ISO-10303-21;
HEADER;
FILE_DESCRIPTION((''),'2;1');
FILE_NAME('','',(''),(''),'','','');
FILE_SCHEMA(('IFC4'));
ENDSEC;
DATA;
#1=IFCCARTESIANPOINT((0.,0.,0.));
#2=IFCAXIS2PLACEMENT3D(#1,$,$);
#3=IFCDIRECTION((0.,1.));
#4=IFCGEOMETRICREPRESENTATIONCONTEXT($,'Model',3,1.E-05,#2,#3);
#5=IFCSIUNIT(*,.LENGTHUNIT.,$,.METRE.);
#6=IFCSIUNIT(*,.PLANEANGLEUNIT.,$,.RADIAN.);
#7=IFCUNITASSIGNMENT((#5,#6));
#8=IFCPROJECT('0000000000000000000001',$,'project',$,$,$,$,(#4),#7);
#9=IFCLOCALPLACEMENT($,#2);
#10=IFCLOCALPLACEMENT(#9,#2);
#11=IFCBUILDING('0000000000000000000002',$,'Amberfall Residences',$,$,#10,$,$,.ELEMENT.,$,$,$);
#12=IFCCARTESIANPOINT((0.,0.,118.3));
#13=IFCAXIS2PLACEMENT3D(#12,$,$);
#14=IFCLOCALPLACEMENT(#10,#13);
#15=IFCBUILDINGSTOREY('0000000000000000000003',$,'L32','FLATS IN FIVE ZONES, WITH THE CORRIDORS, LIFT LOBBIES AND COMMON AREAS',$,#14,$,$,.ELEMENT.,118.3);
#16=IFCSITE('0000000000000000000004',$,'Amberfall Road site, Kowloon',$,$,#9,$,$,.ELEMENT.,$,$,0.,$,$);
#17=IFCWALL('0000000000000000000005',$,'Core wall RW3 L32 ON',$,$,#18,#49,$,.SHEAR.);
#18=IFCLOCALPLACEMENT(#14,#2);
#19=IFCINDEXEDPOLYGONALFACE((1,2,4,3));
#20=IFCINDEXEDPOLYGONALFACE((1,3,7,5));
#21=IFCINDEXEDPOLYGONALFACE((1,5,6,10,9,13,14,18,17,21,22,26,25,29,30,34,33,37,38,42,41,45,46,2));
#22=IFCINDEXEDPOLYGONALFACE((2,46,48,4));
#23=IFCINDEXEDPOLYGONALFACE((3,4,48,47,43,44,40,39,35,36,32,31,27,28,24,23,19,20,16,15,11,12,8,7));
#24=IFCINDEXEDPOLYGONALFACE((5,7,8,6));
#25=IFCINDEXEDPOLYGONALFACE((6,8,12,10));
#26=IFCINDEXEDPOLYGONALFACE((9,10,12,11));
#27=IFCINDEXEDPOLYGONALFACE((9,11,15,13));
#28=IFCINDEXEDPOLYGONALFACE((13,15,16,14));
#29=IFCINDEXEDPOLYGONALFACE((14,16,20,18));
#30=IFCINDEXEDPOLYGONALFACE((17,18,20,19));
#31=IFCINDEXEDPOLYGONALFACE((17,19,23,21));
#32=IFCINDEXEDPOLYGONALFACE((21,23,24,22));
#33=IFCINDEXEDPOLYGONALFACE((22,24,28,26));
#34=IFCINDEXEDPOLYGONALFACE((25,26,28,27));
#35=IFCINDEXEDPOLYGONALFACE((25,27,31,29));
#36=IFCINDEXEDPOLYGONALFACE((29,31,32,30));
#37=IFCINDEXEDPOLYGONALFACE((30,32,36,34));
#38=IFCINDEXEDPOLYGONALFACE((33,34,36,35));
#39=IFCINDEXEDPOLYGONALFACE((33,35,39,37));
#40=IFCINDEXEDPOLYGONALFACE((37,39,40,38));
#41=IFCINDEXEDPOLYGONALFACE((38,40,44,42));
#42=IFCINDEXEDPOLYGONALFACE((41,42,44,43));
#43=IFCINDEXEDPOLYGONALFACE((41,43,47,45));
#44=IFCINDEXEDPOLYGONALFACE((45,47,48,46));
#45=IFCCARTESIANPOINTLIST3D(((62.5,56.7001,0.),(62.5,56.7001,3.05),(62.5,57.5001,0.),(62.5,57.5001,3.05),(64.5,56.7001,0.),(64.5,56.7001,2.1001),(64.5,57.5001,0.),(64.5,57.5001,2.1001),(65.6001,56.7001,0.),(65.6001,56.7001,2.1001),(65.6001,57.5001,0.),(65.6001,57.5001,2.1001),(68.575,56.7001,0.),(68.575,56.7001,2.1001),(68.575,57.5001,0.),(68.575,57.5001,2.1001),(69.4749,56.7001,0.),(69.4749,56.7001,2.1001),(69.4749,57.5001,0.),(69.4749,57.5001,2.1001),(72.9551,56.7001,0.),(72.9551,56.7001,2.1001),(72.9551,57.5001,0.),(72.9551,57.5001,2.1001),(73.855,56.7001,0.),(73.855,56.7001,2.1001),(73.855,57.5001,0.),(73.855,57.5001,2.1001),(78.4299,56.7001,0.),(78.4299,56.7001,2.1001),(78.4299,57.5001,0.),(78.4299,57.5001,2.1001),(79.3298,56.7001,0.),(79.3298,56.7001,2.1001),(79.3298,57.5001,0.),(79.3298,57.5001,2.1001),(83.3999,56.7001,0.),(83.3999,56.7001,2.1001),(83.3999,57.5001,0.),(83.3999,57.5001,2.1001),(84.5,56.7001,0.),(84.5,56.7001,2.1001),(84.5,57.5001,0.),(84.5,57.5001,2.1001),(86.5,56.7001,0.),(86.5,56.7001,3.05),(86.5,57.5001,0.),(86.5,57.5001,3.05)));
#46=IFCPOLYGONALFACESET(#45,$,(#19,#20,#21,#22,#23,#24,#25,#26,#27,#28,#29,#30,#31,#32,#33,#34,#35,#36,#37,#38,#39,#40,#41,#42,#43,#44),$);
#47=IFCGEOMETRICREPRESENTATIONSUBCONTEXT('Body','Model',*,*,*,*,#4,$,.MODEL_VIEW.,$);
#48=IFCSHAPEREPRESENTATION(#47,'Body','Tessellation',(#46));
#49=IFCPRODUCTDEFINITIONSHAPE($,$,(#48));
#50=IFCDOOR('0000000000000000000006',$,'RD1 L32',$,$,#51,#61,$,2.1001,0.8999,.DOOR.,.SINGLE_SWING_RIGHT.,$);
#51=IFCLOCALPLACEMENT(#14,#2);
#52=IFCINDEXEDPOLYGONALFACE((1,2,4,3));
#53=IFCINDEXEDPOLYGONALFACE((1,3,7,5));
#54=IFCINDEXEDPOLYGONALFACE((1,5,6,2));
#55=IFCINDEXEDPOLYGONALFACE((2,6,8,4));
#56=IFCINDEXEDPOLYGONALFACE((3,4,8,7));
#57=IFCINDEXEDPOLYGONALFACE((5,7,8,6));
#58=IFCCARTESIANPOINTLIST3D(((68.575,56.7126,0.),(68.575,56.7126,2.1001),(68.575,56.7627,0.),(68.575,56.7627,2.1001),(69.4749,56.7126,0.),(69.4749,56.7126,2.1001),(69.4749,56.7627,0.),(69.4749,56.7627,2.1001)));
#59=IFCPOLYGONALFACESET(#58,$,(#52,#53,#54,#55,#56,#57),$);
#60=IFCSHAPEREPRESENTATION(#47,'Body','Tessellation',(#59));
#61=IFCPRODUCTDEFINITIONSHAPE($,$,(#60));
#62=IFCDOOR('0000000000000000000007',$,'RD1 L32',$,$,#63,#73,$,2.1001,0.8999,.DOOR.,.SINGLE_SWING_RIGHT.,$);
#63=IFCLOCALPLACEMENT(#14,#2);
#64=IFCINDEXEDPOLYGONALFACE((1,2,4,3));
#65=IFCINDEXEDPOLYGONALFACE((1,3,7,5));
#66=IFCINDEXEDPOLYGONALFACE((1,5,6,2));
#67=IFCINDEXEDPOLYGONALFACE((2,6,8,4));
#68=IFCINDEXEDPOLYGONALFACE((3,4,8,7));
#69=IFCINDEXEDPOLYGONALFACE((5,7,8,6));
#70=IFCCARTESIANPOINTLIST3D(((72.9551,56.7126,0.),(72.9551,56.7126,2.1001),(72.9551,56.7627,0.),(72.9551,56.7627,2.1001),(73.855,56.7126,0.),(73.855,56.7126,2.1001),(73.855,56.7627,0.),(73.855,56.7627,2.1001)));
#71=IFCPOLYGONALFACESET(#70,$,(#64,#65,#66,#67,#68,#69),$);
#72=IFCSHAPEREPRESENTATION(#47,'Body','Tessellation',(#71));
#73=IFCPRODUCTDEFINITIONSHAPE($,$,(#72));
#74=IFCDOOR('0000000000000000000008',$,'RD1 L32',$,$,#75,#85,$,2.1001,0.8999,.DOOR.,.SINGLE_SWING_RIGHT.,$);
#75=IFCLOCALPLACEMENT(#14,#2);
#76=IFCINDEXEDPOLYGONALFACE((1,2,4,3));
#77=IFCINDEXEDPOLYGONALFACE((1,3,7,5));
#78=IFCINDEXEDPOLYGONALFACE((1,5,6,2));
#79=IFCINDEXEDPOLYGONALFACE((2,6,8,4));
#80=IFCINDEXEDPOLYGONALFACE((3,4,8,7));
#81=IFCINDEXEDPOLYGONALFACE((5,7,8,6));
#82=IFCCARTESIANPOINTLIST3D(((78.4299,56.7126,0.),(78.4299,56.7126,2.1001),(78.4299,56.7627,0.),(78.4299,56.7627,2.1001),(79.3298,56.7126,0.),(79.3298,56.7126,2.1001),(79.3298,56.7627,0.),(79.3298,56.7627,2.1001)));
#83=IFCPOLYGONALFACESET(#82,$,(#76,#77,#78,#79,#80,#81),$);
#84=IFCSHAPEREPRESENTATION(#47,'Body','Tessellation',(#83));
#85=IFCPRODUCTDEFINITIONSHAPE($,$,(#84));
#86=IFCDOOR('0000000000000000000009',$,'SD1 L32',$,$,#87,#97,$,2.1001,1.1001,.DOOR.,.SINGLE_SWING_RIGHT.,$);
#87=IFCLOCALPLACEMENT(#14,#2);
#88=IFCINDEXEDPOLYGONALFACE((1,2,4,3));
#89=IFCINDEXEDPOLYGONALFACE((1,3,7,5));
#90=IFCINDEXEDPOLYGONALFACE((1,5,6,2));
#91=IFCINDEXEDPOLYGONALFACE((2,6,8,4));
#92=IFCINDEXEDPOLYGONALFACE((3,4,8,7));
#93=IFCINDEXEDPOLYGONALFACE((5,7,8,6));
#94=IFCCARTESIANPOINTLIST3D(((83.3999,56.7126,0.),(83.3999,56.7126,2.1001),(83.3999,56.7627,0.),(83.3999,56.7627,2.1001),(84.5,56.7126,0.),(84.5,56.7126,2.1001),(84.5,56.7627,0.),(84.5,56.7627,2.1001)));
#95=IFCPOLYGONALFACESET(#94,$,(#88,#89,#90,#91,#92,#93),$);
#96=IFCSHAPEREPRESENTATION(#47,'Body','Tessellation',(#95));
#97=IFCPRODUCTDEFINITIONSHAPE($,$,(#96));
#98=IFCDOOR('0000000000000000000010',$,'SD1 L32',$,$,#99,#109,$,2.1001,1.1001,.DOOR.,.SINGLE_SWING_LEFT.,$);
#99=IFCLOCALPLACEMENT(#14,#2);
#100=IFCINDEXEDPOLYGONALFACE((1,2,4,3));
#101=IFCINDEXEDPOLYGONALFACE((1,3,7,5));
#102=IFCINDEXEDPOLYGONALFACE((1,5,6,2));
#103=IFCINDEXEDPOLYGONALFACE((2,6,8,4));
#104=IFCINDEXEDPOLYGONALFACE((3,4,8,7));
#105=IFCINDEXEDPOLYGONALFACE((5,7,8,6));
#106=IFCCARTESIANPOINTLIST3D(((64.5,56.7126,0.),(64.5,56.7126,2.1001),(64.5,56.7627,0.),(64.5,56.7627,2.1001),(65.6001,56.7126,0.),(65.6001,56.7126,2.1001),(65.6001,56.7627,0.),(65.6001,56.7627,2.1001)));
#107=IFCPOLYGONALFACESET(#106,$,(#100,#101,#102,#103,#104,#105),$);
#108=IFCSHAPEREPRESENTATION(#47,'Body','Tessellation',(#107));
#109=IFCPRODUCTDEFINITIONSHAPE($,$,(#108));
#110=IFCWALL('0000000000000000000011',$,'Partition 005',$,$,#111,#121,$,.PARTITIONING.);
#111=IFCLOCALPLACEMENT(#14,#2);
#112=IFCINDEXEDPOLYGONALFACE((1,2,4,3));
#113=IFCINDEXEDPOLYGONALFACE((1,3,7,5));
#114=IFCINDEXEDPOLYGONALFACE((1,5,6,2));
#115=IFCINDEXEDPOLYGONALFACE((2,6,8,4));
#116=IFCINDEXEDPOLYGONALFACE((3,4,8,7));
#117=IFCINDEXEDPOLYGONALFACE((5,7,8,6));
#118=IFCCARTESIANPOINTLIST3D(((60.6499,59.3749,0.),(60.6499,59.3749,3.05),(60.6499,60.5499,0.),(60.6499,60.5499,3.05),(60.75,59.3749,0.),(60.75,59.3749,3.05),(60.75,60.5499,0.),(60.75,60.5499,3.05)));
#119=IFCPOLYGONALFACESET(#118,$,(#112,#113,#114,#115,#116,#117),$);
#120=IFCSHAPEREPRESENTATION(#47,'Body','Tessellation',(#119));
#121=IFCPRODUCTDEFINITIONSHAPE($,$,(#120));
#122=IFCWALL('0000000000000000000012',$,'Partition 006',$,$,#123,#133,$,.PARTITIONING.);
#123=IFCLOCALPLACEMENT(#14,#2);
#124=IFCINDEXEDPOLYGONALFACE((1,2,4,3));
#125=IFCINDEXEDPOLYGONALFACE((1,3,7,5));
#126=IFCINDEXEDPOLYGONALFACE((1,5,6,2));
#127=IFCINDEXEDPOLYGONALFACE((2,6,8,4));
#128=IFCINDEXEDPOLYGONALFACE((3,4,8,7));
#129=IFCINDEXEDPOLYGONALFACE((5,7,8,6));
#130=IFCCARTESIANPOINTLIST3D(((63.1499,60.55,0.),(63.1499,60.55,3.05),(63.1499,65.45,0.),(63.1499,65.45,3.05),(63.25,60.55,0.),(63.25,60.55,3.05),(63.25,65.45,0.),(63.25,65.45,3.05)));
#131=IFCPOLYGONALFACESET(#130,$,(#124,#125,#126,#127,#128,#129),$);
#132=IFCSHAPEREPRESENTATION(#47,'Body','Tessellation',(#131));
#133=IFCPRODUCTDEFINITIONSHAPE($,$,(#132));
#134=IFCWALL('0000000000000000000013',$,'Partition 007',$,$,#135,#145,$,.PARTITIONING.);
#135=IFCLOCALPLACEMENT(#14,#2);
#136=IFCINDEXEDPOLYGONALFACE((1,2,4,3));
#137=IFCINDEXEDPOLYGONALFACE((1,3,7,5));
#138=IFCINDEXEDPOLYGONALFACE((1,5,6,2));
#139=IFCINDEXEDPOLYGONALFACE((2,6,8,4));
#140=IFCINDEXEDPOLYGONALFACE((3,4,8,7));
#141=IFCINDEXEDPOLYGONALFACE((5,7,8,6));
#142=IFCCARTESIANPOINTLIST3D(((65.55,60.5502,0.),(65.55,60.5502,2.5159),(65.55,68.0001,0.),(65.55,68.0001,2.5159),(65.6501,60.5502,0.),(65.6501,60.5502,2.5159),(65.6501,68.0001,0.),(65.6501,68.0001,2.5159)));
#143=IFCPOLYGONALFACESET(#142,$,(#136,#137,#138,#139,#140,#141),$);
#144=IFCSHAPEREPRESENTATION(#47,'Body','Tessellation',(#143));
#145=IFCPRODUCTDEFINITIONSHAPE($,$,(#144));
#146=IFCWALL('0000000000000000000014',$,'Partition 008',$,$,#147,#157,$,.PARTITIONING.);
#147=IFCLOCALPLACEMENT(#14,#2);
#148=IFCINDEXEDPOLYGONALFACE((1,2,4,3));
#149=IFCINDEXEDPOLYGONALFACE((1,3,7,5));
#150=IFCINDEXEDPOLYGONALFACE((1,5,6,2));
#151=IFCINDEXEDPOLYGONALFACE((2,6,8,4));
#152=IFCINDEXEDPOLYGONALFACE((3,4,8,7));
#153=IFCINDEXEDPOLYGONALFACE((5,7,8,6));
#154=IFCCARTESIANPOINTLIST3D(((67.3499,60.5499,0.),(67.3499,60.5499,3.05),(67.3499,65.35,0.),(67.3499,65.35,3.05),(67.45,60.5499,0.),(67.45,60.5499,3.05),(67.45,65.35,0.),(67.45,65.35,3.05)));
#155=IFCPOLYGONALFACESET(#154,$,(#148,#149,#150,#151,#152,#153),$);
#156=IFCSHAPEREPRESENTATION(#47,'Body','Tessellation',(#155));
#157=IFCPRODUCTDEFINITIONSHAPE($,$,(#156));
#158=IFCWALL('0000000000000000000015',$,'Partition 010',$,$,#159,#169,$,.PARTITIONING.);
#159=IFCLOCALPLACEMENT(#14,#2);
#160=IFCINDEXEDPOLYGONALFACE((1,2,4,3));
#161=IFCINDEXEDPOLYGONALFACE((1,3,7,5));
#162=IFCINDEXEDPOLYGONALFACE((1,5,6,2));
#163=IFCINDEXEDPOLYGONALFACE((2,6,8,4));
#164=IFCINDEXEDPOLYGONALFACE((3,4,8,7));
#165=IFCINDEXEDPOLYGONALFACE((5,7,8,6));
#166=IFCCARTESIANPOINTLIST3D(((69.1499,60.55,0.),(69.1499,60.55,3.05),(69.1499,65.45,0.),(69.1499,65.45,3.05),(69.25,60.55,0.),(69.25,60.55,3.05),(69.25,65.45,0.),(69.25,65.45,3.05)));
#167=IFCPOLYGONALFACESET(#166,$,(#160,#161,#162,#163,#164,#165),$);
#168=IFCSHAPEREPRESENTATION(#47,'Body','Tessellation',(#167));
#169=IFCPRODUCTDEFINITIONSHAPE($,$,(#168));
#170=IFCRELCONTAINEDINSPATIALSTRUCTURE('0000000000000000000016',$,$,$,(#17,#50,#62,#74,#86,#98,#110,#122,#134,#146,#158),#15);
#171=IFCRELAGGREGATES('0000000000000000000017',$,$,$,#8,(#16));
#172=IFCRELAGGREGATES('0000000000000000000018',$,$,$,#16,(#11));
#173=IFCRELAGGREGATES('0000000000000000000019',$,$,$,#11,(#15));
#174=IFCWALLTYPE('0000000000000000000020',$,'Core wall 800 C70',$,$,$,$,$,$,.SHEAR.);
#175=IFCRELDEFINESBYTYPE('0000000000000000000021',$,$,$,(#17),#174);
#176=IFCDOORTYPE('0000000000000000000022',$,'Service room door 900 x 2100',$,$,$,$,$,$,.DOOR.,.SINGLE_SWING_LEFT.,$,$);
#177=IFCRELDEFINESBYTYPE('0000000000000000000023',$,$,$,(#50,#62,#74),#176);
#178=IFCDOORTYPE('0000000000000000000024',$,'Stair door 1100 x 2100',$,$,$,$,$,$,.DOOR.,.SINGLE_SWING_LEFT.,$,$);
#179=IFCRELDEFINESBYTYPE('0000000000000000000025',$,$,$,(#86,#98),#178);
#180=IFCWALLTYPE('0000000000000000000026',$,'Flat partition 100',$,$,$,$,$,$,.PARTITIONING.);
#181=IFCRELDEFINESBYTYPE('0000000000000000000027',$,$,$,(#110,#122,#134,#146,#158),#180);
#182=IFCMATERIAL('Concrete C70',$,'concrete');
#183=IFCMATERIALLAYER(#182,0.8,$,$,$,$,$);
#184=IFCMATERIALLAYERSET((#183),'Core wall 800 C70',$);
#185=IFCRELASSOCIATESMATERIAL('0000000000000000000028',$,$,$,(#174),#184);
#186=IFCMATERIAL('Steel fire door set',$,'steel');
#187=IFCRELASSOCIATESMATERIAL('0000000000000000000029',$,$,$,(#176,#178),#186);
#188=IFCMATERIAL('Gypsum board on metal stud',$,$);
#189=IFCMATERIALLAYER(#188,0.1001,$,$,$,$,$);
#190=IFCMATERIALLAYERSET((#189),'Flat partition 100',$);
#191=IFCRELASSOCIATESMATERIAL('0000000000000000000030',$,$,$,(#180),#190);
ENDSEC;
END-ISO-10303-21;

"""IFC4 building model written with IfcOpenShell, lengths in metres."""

from ifc_helpers import new_model, si_unit, direction, frame, frame_2d, origin, place, context, subcontext, project, spatial, rectangle, extrude, material, layer, layer_set, type_object, element, fill, save


model = new_model("IFC4")

# Units and contexts
model_context = context("Model", 3, precision=1e-05, world=origin(), true_north=direction((0.0, 1.0)))
body_context = subcontext(model_context, "Body", "Model", "MODEL_VIEW")
ifc_project = project(units=[si_unit("LENGTHUNIT", "METRE"), si_unit("PLANEANGLEUNIT", "RADIAN")], contexts=[model_context])

# Site, building, storey
site_placement = place(None, origin())
site = spatial("IfcSite", under=ifc_project, at=site_placement, Name="Amberfall Road site, Kowloon", CompositionType="ELEMENT", RefElevation=0.0)
building_placement = place(site_placement, origin())
building = spatial("IfcBuilding", under=site, at=building_placement, Name="Amberfall Residences", CompositionType="ELEMENT")
storey_placement = place(building_placement, frame((0.0, 0.0, 118.3)))
storey = spatial("IfcBuildingStorey", under=building, at=storey_placement, Name="L32", Description="FLATS IN FIVE ZONES, WITH THE CORRIDORS, LIFT LOBBIES AND COMMON AREAS", CompositionType="ELEMENT", Elevation=118.3)

# Wall, openings, doors
ifc_material_1 = material(Name="Concrete C70", Category="concrete")
ifc_layer_1 = layer(ifc_material_1, 0.8)
ifc_layer_set_1 = layer_set([ifc_layer_1], Name="Core wall 800 C70")
wall_type_1 = type_object("IfcWallType", Name="Core wall 800 C70", PredefinedType="SHEAR", material=ifc_layer_set_1)
wall_1_placement = place(storey_placement, frame((62.5, 57.1001, 0.0), z_axis=(0.0, 0.0, 1.0), x_axis=(1.0, 0.0, 0.0)))
wall_1 = element("IfcWall", 1, at=wall_1_placement, inside=storey, type_object=wall_type_1, Name="Core wall RW3 L32 ON", PredefinedType="SHEAR", context=body_context, shape_type="SweptSolid", body=[
    extrude(rectangle(XDim=24.0, YDim=0.8, at=frame_2d((12.0, 0.0))), origin(), (0.0, 0.0, 1.0), 3.05),
])
opening_1_placement = place(wall_1_placement, frame((20.8999, 0.0, 0.0)))
opening_1 = element("IfcOpeningElement", 2, at=opening_1_placement, cuts=wall_1, PredefinedType="OPENING", context=body_context, shape_type="SweptSolid", body=[
    extrude(rectangle(XDim=1.1001, YDim=2.1001, at=frame_2d((0.55, 1.05))), frame((0.0, 0.4099, 0.0), z_axis=(0.0, -1.0, 0.0), x_axis=(1.0, 0.0, 0.0)), (0.0, 0.0, 1.0), 0.8201),
])
opening_2_placement = place(wall_1_placement, frame((2.0, 0.0, 0.0)))
opening_2 = element("IfcOpeningElement", 3, at=opening_2_placement, cuts=wall_1, PredefinedType="OPENING", context=body_context, shape_type="SweptSolid", body=[
    extrude(rectangle(XDim=1.1001, YDim=2.1001, at=frame_2d((0.55, 1.05))), frame((0.0, 0.4099, 0.0), z_axis=(0.0, -1.0, 0.0), x_axis=(1.0, 0.0, 0.0)), (0.0, 0.0, 1.0), 0.8201),
])
opening_3_placement = place(wall_1_placement, frame((6.075, 0.0, 0.0)))
opening_3 = element("IfcOpeningElement", 4, at=opening_3_placement, cuts=wall_1, PredefinedType="OPENING", context=body_context, shape_type="SweptSolid", body=[
    extrude(rectangle(XDim=0.8999, YDim=2.1001, at=frame_2d((0.45, 1.05))), frame((0.0, 0.4099, 0.0), z_axis=(0.0, -1.0, 0.0), x_axis=(1.0, 0.0, 0.0)), (0.0, 0.0, 1.0), 0.8201),
])
opening_4_placement = place(wall_1_placement, frame((10.4551, 0.0, 0.0)))
opening_4 = element("IfcOpeningElement", 5, at=opening_4_placement, cuts=wall_1, PredefinedType="OPENING", context=body_context, shape_type="SweptSolid", body=[
    extrude(rectangle(XDim=0.8999, YDim=2.1001, at=frame_2d((0.45, 1.05))), frame((0.0, 0.4099, 0.0), z_axis=(0.0, -1.0, 0.0), x_axis=(1.0, 0.0, 0.0)), (0.0, 0.0, 1.0), 0.8201),
])
opening_5_placement = place(wall_1_placement, frame((15.9299, 0.0, 0.0)))
opening_5 = element("IfcOpeningElement", 6, at=opening_5_placement, cuts=wall_1, PredefinedType="OPENING", context=body_context, shape_type="SweptSolid", body=[
    extrude(rectangle(XDim=0.8999, YDim=2.1001, at=frame_2d((0.45, 1.05))), frame((0.0, 0.4099, 0.0), z_axis=(0.0, -1.0, 0.0), x_axis=(1.0, 0.0, 0.0)), (0.0, 0.0, 1.0), 0.8201),
])
ifc_material_2 = material(Name="Steel fire door set", Category="steel")
door_type_1 = type_object("IfcDoorType", Name="Service room door 900 x 2100", OperationType="SINGLE_SWING_LEFT", PredefinedType="DOOR", material=ifc_material_2)
door_1_placement = place(opening_3_placement, origin())
door_1 = element("IfcDoor", 7, at=door_1_placement, inside=storey, type_object=door_type_1, Name="RD1 L32", OperationType="SINGLE_SWING_RIGHT", OverallHeight=2.1001, OverallWidth=0.8999, PredefinedType="DOOR", context=body_context, shape_type="SweptSolid", body=[
    extrude(rectangle(XDim=0.8999, YDim=2.1001, at=frame_2d((0.45, 1.05))), frame((0.0, -0.3374, 0.0), z_axis=(0.0, -1.0, 0.0), x_axis=(1.0, 0.0, 0.0)), (0.0, 0.0, 1.0), 0.05),
])
fill(opening_3, door_1)
door_2_placement = place(opening_4_placement, origin())
door_2 = element("IfcDoor", 8, at=door_2_placement, inside=storey, type_object=door_type_1, Name="RD1 L32", OperationType="SINGLE_SWING_RIGHT", OverallHeight=2.1001, OverallWidth=0.8999, PredefinedType="DOOR", context=body_context, shape_type="SweptSolid", body=[
    extrude(rectangle(XDim=0.8999, YDim=2.1001, at=frame_2d((0.45, 1.05))), frame((0.0, -0.3374, 0.0), z_axis=(0.0, -1.0, 0.0), x_axis=(1.0, 0.0, 0.0)), (0.0, 0.0, 1.0), 0.05),
])
fill(opening_4, door_2)
door_3_placement = place(opening_5_placement, origin())
door_3 = element("IfcDoor", 9, at=door_3_placement, inside=storey, type_object=door_type_1, Name="RD1 L32", OperationType="SINGLE_SWING_RIGHT", OverallHeight=2.1001, OverallWidth=0.8999, PredefinedType="DOOR", context=body_context, shape_type="SweptSolid", body=[
    extrude(rectangle(XDim=0.8999, YDim=2.1001, at=frame_2d((0.45, 1.05))), frame((0.0, -0.3374, 0.0), z_axis=(0.0, -1.0, 0.0), x_axis=(1.0, 0.0, 0.0)), (0.0, 0.0, 1.0), 0.05),
])
fill(opening_5, door_3)
door_type_2 = type_object("IfcDoorType", Name="Stair door 1100 x 2100", OperationType="SINGLE_SWING_LEFT", PredefinedType="DOOR", material=ifc_material_2)
door_4_placement = place(opening_1_placement, origin())
door_4 = element("IfcDoor", 10, at=door_4_placement, inside=storey, type_object=door_type_2, Name="SD1 L32", OperationType="SINGLE_SWING_RIGHT", OverallHeight=2.1001, OverallWidth=1.1001, PredefinedType="DOOR", context=body_context, shape_type="SweptSolid", body=[
    extrude(rectangle(XDim=1.1001, YDim=2.1001, at=frame_2d((0.55, 1.05))), frame((0.0, -0.3374, 0.0), z_axis=(0.0, -1.0, 0.0), x_axis=(1.0, 0.0, 0.0)), (0.0, 0.0, 1.0), 0.05),
])
fill(opening_1, door_4)
door_5_placement = place(opening_2_placement, origin())
door_5 = element("IfcDoor", 11, at=door_5_placement, inside=storey, type_object=door_type_2, Name="SD1 L32", OperationType="SINGLE_SWING_LEFT", OverallHeight=2.1001, OverallWidth=1.1001, PredefinedType="DOOR", context=body_context, shape_type="SweptSolid", body=[
    extrude(rectangle(XDim=1.1001, YDim=2.1001, at=frame_2d((0.55, 1.05))), frame((0.0, -0.3374, 0.0), z_axis=(0.0, -1.0, 0.0), x_axis=(1.0, 0.0, 0.0)), (0.0, 0.0, 1.0), 0.05),
])
fill(opening_2, door_5)

# Walls
ifc_material_3 = material(Name="Gypsum board on metal stud")
ifc_layer_2 = layer(ifc_material_3, 0.1001)
ifc_layer_set_2 = layer_set([ifc_layer_2], Name="Flat partition 100")
wall_type_2 = type_object("IfcWallType", Name="Flat partition 100", PredefinedType="PARTITIONING", material=ifc_layer_set_2)
wall_2_placement = place(storey_placement, frame((60.7, 59.375, 0.0), z_axis=(0.0, 0.0, 1.0), x_axis=(0.0, 1.0, 0.0)))
element("IfcWall", 12, at=wall_2_placement, inside=storey, type_object=wall_type_2, Name="Partition 005", PredefinedType="PARTITIONING", context=body_context, shape_type="SweptSolid", body=[
    extrude(rectangle(XDim=1.175, YDim=0.1001, at=frame_2d((0.5874, 0.0))), origin(), (0.0, 0.0, 1.0), 3.05),
])
wall_3_placement = place(storey_placement, frame((63.2, 60.55, 0.0), z_axis=(0.0, 0.0, 1.0), x_axis=(0.0, 1.0, 0.0)))
element("IfcWall", 13, at=wall_3_placement, inside=storey, type_object=wall_type_2, Name="Partition 006", PredefinedType="PARTITIONING", context=body_context, shape_type="SweptSolid", body=[
    extrude(rectangle(XDim=4.8999, YDim=0.1001, at=frame_2d((2.45, 0.0))), origin(), (0.0, 0.0, 1.0), 3.05),
])
wall_4_placement = place(storey_placement, frame((65.6001, 60.55, 0.0), z_axis=(0.0, 0.0, 1.0), x_axis=(0.0, 1.0, 0.0)))
element("IfcWall", 14, at=wall_4_placement, inside=storey, type_object=wall_type_2, Name="Partition 007", PredefinedType="PARTITIONING", context=body_context, shape_type="SweptSolid", body=[
    extrude(rectangle(XDim=7.45, YDim=0.1001, at=frame_2d((3.7251, 0.0))), origin(), (0.0, 0.0, 1.0), 2.5159),
])
wall_5_placement = place(storey_placement, frame((67.3999, 60.55, 0.0), z_axis=(0.0, 0.0, 1.0), x_axis=(0.0, 1.0, 0.0)))
element("IfcWall", 15, at=wall_5_placement, inside=storey, type_object=wall_type_2, Name="Partition 008", PredefinedType="PARTITIONING", context=body_context, shape_type="SweptSolid", body=[
    extrude(rectangle(XDim=4.8, YDim=0.1001, at=frame_2d((2.3999, 0.0))), origin(), (0.0, 0.0, 1.0), 3.05),
])
wall_6_placement = place(storey_placement, frame((69.2, 60.55, 0.0), z_axis=(0.0, 0.0, 1.0), x_axis=(0.0, 1.0, 0.0)))
element("IfcWall", 16, at=wall_6_placement, inside=storey, type_object=wall_type_2, Name="Partition 010", PredefinedType="PARTITIONING", context=body_context, shape_type="SweptSolid", body=[
    extrude(rectangle(XDim=4.8999, YDim=0.1001, at=frame_2d((2.45, 0.0))), origin(), (0.0, 0.0, 1.0), 3.05),
])

save(model, "model.ifc")
